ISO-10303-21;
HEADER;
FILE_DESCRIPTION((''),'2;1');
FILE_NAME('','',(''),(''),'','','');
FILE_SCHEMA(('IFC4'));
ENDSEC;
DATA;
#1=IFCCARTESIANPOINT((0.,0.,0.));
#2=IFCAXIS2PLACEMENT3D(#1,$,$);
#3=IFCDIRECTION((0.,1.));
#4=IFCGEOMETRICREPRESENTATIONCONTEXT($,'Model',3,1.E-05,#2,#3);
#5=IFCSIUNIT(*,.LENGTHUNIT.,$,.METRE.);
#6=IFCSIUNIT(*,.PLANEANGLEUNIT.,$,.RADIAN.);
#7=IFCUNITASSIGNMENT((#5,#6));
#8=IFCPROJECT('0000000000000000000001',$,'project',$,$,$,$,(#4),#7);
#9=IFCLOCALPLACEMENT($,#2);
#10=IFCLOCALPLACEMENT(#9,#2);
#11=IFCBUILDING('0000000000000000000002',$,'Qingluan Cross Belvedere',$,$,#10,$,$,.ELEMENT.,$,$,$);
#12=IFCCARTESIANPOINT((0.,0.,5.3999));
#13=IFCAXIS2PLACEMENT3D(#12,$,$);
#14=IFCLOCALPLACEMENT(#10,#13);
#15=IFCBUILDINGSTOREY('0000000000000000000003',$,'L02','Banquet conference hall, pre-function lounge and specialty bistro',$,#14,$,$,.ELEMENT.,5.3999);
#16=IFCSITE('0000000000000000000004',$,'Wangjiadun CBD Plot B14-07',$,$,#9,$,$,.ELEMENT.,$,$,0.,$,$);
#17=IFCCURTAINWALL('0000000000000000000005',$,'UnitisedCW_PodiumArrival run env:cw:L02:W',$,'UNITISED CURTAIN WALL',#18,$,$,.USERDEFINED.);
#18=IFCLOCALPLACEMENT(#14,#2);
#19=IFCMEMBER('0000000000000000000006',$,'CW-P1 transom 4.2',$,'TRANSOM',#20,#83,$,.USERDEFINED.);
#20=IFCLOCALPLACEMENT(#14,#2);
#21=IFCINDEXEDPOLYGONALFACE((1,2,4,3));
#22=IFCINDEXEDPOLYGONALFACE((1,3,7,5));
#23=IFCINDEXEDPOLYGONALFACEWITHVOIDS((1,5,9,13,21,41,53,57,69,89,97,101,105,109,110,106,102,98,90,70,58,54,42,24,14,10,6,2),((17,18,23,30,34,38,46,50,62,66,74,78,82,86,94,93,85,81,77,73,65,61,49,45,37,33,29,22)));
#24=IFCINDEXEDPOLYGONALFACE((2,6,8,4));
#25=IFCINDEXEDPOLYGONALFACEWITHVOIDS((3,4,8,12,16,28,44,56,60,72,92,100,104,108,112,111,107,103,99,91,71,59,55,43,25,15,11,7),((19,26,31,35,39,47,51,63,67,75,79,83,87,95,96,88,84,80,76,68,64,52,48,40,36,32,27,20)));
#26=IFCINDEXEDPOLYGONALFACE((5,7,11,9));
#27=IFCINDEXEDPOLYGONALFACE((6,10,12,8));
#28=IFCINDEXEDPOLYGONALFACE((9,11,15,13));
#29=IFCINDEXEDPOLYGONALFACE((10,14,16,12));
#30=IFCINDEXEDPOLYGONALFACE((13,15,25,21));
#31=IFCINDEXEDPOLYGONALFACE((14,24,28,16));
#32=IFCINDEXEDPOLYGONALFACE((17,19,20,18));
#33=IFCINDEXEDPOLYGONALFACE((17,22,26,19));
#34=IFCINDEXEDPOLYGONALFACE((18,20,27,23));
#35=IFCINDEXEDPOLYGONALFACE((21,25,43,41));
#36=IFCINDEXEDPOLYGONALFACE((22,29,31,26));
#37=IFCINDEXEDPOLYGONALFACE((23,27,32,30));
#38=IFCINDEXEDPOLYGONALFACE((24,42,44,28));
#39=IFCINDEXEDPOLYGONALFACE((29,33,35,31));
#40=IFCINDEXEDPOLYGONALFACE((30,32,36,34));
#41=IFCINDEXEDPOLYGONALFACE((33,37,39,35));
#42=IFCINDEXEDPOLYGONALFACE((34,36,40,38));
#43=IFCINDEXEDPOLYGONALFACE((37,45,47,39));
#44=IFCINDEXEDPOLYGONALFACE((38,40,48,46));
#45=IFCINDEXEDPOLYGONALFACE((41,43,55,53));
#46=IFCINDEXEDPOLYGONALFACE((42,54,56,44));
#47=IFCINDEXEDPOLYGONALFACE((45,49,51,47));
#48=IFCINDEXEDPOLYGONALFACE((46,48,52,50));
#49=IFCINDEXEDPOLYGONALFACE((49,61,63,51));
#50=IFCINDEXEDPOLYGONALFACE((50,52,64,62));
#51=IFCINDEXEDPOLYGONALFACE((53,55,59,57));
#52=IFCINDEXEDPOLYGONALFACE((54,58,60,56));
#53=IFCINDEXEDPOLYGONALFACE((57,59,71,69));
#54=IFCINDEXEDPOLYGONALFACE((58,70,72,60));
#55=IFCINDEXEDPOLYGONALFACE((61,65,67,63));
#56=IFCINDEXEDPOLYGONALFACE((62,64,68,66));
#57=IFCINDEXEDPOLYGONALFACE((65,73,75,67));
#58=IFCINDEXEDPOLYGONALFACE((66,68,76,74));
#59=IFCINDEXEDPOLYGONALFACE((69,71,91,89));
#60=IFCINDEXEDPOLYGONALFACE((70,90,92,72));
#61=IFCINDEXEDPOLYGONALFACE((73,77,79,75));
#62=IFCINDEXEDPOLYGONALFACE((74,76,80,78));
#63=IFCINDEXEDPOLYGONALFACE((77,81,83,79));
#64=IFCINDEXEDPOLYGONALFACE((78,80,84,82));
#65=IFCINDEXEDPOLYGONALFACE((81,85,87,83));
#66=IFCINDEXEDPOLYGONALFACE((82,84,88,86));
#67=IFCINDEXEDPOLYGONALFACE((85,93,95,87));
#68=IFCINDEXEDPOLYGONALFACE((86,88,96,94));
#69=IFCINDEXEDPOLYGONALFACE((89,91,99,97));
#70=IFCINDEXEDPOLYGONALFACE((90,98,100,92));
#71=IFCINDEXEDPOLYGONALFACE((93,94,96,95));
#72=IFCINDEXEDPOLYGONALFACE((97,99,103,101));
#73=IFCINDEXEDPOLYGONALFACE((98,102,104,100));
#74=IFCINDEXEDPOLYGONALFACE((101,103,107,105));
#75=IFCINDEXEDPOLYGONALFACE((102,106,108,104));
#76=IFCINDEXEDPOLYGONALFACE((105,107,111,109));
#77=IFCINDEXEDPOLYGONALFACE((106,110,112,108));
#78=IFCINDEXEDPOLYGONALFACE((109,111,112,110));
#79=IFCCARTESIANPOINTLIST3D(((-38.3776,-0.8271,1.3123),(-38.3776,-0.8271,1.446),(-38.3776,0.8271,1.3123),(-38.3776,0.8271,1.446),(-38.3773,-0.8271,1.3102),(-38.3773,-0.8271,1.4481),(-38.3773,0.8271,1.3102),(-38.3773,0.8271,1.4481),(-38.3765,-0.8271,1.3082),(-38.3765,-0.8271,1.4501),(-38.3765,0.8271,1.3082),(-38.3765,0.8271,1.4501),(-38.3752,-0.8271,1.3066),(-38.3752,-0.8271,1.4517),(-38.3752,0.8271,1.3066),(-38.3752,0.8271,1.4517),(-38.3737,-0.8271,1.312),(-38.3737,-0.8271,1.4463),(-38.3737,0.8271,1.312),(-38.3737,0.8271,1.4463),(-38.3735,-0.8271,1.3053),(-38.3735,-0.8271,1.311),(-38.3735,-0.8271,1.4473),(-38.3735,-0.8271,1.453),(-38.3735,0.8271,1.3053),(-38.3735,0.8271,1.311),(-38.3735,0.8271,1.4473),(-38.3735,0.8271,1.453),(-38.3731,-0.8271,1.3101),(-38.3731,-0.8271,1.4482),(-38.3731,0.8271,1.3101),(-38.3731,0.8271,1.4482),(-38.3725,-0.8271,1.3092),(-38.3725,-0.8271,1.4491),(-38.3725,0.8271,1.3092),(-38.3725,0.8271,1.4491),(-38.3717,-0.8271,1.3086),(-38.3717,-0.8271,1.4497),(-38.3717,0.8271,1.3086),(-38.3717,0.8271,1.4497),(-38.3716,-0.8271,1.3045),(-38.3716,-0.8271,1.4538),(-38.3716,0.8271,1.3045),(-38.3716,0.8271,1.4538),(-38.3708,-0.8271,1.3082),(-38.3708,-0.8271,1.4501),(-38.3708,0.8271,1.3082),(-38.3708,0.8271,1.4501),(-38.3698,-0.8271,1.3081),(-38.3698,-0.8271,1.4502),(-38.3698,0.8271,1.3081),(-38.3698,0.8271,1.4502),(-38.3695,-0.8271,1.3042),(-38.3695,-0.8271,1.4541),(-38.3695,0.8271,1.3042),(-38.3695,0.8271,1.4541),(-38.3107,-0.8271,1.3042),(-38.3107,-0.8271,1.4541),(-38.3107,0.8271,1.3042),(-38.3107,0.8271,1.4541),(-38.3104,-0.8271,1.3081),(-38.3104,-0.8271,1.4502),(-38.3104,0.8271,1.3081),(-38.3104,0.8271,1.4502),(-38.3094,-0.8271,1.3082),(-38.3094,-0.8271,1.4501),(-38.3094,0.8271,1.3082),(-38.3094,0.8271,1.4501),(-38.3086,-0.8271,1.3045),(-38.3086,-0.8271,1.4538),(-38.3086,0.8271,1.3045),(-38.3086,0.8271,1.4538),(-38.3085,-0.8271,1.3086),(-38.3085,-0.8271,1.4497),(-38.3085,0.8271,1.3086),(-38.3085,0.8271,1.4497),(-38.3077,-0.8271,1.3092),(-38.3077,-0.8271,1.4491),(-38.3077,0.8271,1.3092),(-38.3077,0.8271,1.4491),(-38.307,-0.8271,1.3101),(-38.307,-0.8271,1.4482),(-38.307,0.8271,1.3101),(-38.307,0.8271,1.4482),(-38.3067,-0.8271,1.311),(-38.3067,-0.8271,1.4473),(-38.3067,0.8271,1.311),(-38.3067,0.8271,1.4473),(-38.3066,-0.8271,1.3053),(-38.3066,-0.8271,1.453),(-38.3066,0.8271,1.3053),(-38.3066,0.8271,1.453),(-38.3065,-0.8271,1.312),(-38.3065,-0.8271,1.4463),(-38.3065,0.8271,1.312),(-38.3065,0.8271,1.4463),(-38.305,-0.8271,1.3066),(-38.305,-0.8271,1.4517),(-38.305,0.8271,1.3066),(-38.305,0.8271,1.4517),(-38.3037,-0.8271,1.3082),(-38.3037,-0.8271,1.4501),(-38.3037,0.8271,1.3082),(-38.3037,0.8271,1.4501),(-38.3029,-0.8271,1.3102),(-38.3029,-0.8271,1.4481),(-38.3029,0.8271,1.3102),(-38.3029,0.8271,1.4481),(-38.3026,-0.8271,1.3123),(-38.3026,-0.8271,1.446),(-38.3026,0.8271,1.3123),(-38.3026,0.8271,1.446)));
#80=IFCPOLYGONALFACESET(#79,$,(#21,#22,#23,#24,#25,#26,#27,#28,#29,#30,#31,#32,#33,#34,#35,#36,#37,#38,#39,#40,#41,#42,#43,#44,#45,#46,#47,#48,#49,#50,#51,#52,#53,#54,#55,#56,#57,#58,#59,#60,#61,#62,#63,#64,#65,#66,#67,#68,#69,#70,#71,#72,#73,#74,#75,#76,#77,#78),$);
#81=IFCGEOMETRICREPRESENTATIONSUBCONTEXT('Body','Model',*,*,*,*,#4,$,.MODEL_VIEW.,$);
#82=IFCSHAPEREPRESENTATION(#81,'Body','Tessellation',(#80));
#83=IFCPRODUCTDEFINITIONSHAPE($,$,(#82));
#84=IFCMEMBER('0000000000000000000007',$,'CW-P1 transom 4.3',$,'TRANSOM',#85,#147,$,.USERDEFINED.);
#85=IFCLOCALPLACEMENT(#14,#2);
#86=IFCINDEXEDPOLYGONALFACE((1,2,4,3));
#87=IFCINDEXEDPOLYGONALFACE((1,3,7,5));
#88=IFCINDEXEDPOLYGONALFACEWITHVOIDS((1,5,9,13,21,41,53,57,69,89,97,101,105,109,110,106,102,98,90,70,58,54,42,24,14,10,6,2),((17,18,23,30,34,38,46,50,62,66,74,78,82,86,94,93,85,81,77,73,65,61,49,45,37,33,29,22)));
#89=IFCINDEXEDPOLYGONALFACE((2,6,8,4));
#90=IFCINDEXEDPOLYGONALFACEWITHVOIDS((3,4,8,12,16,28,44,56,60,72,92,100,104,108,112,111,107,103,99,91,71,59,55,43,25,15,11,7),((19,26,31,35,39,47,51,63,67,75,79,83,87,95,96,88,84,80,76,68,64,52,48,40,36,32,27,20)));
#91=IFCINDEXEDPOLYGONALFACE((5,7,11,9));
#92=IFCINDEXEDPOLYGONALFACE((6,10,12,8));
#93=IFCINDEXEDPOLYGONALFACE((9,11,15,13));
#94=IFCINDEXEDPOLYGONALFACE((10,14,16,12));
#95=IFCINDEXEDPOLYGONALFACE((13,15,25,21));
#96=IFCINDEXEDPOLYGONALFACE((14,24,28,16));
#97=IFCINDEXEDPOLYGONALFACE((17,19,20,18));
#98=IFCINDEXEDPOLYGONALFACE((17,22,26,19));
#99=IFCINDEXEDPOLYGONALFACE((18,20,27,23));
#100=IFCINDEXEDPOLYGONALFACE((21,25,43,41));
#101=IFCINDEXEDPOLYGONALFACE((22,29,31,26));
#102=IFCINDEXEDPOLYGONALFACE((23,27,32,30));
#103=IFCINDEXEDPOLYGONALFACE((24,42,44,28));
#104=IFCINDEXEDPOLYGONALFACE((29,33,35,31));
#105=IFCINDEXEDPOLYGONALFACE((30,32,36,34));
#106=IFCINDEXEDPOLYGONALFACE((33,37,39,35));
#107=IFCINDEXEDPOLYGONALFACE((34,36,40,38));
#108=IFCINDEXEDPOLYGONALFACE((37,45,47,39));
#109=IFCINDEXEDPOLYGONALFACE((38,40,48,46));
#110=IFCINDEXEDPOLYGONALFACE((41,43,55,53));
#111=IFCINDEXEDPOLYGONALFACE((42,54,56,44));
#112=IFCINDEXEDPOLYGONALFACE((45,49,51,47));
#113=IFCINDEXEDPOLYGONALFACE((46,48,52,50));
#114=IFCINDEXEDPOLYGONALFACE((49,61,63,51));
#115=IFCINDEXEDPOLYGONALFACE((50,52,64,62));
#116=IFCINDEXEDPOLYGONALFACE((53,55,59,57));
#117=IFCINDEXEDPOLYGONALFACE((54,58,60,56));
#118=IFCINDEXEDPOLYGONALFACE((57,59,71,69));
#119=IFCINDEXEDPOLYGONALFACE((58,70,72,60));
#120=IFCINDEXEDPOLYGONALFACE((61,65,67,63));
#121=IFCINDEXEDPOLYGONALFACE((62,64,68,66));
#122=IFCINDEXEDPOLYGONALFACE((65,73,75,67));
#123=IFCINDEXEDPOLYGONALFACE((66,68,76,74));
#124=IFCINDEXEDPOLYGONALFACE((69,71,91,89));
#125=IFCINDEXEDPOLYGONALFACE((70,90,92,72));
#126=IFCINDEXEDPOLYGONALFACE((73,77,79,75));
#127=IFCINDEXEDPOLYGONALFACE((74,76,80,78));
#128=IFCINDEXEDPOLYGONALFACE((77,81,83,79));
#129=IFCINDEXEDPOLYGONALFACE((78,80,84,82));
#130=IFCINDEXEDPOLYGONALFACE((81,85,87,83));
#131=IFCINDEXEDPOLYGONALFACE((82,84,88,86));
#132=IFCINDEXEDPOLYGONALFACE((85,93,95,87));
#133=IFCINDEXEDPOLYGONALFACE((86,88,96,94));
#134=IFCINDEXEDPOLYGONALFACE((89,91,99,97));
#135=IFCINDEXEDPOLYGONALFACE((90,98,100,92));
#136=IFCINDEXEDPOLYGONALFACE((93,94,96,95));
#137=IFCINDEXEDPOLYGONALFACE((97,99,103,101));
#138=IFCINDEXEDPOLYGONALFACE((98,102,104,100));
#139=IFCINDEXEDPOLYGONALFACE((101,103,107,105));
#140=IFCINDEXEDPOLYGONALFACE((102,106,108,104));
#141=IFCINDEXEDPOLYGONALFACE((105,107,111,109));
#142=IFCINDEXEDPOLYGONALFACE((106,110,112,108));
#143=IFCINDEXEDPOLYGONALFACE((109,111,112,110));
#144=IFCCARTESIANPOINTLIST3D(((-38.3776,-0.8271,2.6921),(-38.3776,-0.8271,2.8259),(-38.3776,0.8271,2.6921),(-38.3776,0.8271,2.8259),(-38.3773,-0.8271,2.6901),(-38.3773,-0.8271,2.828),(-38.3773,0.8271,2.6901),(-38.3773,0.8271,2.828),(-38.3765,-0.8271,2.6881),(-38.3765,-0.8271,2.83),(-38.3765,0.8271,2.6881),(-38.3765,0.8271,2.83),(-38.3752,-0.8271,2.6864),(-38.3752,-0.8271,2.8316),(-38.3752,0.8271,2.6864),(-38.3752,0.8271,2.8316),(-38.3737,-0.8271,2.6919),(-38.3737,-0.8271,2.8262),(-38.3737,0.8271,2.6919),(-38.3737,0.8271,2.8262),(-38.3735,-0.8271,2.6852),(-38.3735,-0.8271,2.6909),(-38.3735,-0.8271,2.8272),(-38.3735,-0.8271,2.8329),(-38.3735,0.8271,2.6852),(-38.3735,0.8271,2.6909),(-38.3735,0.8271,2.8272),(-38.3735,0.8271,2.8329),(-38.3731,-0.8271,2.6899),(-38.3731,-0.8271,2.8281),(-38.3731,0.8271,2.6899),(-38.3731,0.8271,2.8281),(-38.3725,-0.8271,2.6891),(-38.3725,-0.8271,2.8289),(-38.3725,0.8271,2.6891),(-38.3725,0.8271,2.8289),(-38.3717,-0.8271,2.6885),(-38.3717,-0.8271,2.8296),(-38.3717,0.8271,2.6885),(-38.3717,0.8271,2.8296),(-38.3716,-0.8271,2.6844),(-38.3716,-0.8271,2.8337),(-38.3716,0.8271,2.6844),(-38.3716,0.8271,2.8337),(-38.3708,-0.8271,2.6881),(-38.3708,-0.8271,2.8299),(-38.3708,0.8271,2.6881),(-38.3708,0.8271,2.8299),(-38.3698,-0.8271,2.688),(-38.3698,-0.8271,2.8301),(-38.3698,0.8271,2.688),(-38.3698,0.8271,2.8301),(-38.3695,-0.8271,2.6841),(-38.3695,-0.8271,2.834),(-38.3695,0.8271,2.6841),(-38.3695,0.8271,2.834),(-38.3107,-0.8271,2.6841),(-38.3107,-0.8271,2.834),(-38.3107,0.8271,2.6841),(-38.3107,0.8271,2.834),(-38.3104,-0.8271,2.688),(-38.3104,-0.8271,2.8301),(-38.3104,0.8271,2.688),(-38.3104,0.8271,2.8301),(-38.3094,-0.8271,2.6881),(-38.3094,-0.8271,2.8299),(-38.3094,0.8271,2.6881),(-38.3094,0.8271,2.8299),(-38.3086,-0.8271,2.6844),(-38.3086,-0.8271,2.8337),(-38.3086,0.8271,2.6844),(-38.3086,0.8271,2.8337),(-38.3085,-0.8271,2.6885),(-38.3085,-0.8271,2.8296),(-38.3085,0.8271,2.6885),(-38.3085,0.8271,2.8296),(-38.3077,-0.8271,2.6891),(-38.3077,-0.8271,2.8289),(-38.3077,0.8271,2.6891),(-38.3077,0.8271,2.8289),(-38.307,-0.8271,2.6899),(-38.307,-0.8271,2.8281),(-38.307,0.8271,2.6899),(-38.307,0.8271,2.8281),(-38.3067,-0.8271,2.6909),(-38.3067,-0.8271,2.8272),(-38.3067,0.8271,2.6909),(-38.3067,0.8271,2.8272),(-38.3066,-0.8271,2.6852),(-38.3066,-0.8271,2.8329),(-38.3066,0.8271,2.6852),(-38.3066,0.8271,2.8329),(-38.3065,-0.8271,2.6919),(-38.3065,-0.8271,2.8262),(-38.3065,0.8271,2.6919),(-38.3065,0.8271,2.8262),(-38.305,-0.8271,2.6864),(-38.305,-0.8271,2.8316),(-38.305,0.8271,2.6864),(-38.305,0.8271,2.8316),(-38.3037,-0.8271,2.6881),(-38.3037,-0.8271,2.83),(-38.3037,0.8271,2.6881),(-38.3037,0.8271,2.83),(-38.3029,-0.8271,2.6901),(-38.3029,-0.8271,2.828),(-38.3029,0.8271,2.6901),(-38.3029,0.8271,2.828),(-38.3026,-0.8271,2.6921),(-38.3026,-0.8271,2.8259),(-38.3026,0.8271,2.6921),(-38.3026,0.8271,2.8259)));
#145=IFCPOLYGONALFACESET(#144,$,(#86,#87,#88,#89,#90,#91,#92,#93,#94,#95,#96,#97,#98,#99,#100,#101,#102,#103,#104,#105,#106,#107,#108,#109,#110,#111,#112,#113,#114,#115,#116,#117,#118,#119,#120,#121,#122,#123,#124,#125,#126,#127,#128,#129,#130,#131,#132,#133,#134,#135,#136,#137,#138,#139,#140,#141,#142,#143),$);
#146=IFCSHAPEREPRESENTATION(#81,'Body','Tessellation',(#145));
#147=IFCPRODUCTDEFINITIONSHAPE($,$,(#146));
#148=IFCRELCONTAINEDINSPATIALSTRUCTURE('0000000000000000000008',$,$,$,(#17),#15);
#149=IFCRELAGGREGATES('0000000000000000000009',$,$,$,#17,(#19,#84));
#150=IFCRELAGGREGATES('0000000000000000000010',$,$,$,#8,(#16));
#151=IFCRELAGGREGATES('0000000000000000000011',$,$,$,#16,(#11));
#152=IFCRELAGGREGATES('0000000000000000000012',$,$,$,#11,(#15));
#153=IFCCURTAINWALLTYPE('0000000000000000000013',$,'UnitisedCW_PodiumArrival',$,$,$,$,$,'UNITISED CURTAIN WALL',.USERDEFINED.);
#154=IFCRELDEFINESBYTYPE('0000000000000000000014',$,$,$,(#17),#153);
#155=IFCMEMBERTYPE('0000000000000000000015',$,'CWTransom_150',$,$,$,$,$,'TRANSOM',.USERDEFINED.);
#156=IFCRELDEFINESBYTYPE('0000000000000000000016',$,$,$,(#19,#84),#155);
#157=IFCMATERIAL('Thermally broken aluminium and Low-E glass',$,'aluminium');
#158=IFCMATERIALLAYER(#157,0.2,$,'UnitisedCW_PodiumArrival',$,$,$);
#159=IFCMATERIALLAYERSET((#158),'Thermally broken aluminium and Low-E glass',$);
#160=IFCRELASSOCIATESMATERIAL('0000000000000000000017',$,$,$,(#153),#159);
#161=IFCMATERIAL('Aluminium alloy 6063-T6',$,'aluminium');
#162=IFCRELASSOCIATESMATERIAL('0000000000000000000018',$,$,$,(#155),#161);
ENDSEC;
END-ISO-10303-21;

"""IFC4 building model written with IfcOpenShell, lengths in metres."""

from ifc_helpers import new_model, si_unit, direction, frame, origin, origin_2d, place, context, subcontext, project, spatial, hollow_rectangle, extrude, material, layer, layer_set, material_profile, profile_set, type_object, element, aggregate, save


model = new_model("IFC4")

# Units and contexts
model_context = context("Model", 3, precision=1e-05, world=origin(), true_north=direction((0.0, 1.0)))
body_context = subcontext(model_context, "Body", "Model", "MODEL_VIEW")
ifc_project = project(units=[si_unit("LENGTHUNIT", "METRE"), si_unit("PLANEANGLEUNIT", "RADIAN")], contexts=[model_context])

# Site, building, storey
site_placement = place(None, origin())
site = spatial("IfcSite", under=ifc_project, at=site_placement, Name="Wangjiadun CBD Plot B14-07", CompositionType="ELEMENT", RefElevation=0.0)
building_placement = place(site_placement, origin())
building = spatial("IfcBuilding", under=site, at=building_placement, Name="Qingluan Cross Belvedere", CompositionType="ELEMENT")
storey_placement = place(building_placement, frame((0.0, 0.0, 5.3999)))
storey = spatial("IfcBuildingStorey", under=building, at=storey_placement, Name="L02", Description="Banquet conference hall, pre-function lounge and specialty bistro", CompositionType="ELEMENT", Elevation=5.3999)

# Curtain wall, members
ifc_material_1 = material(Name="Thermally broken aluminium and Low-E glass", Category="aluminium")
ifc_layer_1 = layer(ifc_material_1, 0.2, Name="UnitisedCW_PodiumArrival")
ifc_layer_set_1 = layer_set([ifc_layer_1], Name="Thermally broken aluminium and Low-E glass")
curtain_wall_type = type_object("IfcCurtainWallType", Name="UnitisedCW_PodiumArrival", ElementType="UNITISED CURTAIN WALL", PredefinedType="USERDEFINED", material=ifc_layer_set_1)
curtain_wall_placement = place(storey_placement, origin())
curtain_wall = element("IfcCurtainWall", 1, at=curtain_wall_placement, inside=storey, type_object=curtain_wall_type, Name="UnitisedCW_PodiumArrival run env:cw:L02:W", ObjectType="UNITISED CURTAIN WALL", PredefinedType="USERDEFINED")
ifc_material_2 = material(Name="Aluminium alloy 6063-T6", Category="aluminium")
ifc_material_profile_1 = material_profile(ifc_material_2, hollow_rectangle(XDim=0.075, YDim=0.1499, WallThickness=0.0039, InnerFilletRadius=0.0039, OuterFilletRadius=0.0081, at=origin_2d()), Name="CWT150x75x4")
ifc_profile_set_1 = profile_set([ifc_material_profile_1], Name="Aluminium alloy 6063-T6")
member_type_1 = type_object("IfcMemberType", Name="CWTransom_150", ElementType="TRANSOM", PredefinedType="USERDEFINED", material=ifc_profile_set_1)
member_1_placement = place(storey_placement, frame((-38.3401, -0.8271, 1.3792), z_axis=(0.0, 1.0, 0.0), x_axis=(-1.0, 0.0, 0.0)))
member_1 = element("IfcMember", 2, at=member_1_placement, type_object=member_type_1, Name="CW-P1 transom 4.2", ObjectType="TRANSOM", PredefinedType="USERDEFINED", context=body_context, shape_type="SweptSolid", body=[
    extrude(hollow_rectangle(XDim=0.075, YDim=0.1499, WallThickness=0.0039, InnerFilletRadius=0.0039, OuterFilletRadius=0.0081, at=origin_2d()), origin(), (0.0, 0.0, 1.0), 1.6543),
])
member_2_placement = place(storey_placement, frame((-38.3401, -0.8271, 2.759), z_axis=(0.0, 1.0, 0.0), x_axis=(-1.0, 0.0, 0.0)))
member_2 = element("IfcMember", 3, at=member_2_placement, type_object=member_type_1, Name="CW-P1 transom 4.3", ObjectType="TRANSOM", PredefinedType="USERDEFINED", context=body_context, shape_type="SweptSolid", body=[
    extrude(hollow_rectangle(XDim=0.075, YDim=0.1499, WallThickness=0.0039, InnerFilletRadius=0.0039, OuterFilletRadius=0.0081, at=origin_2d()), origin(), (0.0, 0.0, 1.0), 1.6543),
])

aggregate(curtain_wall, [member_1, member_2])

save(model, "model.ifc")
